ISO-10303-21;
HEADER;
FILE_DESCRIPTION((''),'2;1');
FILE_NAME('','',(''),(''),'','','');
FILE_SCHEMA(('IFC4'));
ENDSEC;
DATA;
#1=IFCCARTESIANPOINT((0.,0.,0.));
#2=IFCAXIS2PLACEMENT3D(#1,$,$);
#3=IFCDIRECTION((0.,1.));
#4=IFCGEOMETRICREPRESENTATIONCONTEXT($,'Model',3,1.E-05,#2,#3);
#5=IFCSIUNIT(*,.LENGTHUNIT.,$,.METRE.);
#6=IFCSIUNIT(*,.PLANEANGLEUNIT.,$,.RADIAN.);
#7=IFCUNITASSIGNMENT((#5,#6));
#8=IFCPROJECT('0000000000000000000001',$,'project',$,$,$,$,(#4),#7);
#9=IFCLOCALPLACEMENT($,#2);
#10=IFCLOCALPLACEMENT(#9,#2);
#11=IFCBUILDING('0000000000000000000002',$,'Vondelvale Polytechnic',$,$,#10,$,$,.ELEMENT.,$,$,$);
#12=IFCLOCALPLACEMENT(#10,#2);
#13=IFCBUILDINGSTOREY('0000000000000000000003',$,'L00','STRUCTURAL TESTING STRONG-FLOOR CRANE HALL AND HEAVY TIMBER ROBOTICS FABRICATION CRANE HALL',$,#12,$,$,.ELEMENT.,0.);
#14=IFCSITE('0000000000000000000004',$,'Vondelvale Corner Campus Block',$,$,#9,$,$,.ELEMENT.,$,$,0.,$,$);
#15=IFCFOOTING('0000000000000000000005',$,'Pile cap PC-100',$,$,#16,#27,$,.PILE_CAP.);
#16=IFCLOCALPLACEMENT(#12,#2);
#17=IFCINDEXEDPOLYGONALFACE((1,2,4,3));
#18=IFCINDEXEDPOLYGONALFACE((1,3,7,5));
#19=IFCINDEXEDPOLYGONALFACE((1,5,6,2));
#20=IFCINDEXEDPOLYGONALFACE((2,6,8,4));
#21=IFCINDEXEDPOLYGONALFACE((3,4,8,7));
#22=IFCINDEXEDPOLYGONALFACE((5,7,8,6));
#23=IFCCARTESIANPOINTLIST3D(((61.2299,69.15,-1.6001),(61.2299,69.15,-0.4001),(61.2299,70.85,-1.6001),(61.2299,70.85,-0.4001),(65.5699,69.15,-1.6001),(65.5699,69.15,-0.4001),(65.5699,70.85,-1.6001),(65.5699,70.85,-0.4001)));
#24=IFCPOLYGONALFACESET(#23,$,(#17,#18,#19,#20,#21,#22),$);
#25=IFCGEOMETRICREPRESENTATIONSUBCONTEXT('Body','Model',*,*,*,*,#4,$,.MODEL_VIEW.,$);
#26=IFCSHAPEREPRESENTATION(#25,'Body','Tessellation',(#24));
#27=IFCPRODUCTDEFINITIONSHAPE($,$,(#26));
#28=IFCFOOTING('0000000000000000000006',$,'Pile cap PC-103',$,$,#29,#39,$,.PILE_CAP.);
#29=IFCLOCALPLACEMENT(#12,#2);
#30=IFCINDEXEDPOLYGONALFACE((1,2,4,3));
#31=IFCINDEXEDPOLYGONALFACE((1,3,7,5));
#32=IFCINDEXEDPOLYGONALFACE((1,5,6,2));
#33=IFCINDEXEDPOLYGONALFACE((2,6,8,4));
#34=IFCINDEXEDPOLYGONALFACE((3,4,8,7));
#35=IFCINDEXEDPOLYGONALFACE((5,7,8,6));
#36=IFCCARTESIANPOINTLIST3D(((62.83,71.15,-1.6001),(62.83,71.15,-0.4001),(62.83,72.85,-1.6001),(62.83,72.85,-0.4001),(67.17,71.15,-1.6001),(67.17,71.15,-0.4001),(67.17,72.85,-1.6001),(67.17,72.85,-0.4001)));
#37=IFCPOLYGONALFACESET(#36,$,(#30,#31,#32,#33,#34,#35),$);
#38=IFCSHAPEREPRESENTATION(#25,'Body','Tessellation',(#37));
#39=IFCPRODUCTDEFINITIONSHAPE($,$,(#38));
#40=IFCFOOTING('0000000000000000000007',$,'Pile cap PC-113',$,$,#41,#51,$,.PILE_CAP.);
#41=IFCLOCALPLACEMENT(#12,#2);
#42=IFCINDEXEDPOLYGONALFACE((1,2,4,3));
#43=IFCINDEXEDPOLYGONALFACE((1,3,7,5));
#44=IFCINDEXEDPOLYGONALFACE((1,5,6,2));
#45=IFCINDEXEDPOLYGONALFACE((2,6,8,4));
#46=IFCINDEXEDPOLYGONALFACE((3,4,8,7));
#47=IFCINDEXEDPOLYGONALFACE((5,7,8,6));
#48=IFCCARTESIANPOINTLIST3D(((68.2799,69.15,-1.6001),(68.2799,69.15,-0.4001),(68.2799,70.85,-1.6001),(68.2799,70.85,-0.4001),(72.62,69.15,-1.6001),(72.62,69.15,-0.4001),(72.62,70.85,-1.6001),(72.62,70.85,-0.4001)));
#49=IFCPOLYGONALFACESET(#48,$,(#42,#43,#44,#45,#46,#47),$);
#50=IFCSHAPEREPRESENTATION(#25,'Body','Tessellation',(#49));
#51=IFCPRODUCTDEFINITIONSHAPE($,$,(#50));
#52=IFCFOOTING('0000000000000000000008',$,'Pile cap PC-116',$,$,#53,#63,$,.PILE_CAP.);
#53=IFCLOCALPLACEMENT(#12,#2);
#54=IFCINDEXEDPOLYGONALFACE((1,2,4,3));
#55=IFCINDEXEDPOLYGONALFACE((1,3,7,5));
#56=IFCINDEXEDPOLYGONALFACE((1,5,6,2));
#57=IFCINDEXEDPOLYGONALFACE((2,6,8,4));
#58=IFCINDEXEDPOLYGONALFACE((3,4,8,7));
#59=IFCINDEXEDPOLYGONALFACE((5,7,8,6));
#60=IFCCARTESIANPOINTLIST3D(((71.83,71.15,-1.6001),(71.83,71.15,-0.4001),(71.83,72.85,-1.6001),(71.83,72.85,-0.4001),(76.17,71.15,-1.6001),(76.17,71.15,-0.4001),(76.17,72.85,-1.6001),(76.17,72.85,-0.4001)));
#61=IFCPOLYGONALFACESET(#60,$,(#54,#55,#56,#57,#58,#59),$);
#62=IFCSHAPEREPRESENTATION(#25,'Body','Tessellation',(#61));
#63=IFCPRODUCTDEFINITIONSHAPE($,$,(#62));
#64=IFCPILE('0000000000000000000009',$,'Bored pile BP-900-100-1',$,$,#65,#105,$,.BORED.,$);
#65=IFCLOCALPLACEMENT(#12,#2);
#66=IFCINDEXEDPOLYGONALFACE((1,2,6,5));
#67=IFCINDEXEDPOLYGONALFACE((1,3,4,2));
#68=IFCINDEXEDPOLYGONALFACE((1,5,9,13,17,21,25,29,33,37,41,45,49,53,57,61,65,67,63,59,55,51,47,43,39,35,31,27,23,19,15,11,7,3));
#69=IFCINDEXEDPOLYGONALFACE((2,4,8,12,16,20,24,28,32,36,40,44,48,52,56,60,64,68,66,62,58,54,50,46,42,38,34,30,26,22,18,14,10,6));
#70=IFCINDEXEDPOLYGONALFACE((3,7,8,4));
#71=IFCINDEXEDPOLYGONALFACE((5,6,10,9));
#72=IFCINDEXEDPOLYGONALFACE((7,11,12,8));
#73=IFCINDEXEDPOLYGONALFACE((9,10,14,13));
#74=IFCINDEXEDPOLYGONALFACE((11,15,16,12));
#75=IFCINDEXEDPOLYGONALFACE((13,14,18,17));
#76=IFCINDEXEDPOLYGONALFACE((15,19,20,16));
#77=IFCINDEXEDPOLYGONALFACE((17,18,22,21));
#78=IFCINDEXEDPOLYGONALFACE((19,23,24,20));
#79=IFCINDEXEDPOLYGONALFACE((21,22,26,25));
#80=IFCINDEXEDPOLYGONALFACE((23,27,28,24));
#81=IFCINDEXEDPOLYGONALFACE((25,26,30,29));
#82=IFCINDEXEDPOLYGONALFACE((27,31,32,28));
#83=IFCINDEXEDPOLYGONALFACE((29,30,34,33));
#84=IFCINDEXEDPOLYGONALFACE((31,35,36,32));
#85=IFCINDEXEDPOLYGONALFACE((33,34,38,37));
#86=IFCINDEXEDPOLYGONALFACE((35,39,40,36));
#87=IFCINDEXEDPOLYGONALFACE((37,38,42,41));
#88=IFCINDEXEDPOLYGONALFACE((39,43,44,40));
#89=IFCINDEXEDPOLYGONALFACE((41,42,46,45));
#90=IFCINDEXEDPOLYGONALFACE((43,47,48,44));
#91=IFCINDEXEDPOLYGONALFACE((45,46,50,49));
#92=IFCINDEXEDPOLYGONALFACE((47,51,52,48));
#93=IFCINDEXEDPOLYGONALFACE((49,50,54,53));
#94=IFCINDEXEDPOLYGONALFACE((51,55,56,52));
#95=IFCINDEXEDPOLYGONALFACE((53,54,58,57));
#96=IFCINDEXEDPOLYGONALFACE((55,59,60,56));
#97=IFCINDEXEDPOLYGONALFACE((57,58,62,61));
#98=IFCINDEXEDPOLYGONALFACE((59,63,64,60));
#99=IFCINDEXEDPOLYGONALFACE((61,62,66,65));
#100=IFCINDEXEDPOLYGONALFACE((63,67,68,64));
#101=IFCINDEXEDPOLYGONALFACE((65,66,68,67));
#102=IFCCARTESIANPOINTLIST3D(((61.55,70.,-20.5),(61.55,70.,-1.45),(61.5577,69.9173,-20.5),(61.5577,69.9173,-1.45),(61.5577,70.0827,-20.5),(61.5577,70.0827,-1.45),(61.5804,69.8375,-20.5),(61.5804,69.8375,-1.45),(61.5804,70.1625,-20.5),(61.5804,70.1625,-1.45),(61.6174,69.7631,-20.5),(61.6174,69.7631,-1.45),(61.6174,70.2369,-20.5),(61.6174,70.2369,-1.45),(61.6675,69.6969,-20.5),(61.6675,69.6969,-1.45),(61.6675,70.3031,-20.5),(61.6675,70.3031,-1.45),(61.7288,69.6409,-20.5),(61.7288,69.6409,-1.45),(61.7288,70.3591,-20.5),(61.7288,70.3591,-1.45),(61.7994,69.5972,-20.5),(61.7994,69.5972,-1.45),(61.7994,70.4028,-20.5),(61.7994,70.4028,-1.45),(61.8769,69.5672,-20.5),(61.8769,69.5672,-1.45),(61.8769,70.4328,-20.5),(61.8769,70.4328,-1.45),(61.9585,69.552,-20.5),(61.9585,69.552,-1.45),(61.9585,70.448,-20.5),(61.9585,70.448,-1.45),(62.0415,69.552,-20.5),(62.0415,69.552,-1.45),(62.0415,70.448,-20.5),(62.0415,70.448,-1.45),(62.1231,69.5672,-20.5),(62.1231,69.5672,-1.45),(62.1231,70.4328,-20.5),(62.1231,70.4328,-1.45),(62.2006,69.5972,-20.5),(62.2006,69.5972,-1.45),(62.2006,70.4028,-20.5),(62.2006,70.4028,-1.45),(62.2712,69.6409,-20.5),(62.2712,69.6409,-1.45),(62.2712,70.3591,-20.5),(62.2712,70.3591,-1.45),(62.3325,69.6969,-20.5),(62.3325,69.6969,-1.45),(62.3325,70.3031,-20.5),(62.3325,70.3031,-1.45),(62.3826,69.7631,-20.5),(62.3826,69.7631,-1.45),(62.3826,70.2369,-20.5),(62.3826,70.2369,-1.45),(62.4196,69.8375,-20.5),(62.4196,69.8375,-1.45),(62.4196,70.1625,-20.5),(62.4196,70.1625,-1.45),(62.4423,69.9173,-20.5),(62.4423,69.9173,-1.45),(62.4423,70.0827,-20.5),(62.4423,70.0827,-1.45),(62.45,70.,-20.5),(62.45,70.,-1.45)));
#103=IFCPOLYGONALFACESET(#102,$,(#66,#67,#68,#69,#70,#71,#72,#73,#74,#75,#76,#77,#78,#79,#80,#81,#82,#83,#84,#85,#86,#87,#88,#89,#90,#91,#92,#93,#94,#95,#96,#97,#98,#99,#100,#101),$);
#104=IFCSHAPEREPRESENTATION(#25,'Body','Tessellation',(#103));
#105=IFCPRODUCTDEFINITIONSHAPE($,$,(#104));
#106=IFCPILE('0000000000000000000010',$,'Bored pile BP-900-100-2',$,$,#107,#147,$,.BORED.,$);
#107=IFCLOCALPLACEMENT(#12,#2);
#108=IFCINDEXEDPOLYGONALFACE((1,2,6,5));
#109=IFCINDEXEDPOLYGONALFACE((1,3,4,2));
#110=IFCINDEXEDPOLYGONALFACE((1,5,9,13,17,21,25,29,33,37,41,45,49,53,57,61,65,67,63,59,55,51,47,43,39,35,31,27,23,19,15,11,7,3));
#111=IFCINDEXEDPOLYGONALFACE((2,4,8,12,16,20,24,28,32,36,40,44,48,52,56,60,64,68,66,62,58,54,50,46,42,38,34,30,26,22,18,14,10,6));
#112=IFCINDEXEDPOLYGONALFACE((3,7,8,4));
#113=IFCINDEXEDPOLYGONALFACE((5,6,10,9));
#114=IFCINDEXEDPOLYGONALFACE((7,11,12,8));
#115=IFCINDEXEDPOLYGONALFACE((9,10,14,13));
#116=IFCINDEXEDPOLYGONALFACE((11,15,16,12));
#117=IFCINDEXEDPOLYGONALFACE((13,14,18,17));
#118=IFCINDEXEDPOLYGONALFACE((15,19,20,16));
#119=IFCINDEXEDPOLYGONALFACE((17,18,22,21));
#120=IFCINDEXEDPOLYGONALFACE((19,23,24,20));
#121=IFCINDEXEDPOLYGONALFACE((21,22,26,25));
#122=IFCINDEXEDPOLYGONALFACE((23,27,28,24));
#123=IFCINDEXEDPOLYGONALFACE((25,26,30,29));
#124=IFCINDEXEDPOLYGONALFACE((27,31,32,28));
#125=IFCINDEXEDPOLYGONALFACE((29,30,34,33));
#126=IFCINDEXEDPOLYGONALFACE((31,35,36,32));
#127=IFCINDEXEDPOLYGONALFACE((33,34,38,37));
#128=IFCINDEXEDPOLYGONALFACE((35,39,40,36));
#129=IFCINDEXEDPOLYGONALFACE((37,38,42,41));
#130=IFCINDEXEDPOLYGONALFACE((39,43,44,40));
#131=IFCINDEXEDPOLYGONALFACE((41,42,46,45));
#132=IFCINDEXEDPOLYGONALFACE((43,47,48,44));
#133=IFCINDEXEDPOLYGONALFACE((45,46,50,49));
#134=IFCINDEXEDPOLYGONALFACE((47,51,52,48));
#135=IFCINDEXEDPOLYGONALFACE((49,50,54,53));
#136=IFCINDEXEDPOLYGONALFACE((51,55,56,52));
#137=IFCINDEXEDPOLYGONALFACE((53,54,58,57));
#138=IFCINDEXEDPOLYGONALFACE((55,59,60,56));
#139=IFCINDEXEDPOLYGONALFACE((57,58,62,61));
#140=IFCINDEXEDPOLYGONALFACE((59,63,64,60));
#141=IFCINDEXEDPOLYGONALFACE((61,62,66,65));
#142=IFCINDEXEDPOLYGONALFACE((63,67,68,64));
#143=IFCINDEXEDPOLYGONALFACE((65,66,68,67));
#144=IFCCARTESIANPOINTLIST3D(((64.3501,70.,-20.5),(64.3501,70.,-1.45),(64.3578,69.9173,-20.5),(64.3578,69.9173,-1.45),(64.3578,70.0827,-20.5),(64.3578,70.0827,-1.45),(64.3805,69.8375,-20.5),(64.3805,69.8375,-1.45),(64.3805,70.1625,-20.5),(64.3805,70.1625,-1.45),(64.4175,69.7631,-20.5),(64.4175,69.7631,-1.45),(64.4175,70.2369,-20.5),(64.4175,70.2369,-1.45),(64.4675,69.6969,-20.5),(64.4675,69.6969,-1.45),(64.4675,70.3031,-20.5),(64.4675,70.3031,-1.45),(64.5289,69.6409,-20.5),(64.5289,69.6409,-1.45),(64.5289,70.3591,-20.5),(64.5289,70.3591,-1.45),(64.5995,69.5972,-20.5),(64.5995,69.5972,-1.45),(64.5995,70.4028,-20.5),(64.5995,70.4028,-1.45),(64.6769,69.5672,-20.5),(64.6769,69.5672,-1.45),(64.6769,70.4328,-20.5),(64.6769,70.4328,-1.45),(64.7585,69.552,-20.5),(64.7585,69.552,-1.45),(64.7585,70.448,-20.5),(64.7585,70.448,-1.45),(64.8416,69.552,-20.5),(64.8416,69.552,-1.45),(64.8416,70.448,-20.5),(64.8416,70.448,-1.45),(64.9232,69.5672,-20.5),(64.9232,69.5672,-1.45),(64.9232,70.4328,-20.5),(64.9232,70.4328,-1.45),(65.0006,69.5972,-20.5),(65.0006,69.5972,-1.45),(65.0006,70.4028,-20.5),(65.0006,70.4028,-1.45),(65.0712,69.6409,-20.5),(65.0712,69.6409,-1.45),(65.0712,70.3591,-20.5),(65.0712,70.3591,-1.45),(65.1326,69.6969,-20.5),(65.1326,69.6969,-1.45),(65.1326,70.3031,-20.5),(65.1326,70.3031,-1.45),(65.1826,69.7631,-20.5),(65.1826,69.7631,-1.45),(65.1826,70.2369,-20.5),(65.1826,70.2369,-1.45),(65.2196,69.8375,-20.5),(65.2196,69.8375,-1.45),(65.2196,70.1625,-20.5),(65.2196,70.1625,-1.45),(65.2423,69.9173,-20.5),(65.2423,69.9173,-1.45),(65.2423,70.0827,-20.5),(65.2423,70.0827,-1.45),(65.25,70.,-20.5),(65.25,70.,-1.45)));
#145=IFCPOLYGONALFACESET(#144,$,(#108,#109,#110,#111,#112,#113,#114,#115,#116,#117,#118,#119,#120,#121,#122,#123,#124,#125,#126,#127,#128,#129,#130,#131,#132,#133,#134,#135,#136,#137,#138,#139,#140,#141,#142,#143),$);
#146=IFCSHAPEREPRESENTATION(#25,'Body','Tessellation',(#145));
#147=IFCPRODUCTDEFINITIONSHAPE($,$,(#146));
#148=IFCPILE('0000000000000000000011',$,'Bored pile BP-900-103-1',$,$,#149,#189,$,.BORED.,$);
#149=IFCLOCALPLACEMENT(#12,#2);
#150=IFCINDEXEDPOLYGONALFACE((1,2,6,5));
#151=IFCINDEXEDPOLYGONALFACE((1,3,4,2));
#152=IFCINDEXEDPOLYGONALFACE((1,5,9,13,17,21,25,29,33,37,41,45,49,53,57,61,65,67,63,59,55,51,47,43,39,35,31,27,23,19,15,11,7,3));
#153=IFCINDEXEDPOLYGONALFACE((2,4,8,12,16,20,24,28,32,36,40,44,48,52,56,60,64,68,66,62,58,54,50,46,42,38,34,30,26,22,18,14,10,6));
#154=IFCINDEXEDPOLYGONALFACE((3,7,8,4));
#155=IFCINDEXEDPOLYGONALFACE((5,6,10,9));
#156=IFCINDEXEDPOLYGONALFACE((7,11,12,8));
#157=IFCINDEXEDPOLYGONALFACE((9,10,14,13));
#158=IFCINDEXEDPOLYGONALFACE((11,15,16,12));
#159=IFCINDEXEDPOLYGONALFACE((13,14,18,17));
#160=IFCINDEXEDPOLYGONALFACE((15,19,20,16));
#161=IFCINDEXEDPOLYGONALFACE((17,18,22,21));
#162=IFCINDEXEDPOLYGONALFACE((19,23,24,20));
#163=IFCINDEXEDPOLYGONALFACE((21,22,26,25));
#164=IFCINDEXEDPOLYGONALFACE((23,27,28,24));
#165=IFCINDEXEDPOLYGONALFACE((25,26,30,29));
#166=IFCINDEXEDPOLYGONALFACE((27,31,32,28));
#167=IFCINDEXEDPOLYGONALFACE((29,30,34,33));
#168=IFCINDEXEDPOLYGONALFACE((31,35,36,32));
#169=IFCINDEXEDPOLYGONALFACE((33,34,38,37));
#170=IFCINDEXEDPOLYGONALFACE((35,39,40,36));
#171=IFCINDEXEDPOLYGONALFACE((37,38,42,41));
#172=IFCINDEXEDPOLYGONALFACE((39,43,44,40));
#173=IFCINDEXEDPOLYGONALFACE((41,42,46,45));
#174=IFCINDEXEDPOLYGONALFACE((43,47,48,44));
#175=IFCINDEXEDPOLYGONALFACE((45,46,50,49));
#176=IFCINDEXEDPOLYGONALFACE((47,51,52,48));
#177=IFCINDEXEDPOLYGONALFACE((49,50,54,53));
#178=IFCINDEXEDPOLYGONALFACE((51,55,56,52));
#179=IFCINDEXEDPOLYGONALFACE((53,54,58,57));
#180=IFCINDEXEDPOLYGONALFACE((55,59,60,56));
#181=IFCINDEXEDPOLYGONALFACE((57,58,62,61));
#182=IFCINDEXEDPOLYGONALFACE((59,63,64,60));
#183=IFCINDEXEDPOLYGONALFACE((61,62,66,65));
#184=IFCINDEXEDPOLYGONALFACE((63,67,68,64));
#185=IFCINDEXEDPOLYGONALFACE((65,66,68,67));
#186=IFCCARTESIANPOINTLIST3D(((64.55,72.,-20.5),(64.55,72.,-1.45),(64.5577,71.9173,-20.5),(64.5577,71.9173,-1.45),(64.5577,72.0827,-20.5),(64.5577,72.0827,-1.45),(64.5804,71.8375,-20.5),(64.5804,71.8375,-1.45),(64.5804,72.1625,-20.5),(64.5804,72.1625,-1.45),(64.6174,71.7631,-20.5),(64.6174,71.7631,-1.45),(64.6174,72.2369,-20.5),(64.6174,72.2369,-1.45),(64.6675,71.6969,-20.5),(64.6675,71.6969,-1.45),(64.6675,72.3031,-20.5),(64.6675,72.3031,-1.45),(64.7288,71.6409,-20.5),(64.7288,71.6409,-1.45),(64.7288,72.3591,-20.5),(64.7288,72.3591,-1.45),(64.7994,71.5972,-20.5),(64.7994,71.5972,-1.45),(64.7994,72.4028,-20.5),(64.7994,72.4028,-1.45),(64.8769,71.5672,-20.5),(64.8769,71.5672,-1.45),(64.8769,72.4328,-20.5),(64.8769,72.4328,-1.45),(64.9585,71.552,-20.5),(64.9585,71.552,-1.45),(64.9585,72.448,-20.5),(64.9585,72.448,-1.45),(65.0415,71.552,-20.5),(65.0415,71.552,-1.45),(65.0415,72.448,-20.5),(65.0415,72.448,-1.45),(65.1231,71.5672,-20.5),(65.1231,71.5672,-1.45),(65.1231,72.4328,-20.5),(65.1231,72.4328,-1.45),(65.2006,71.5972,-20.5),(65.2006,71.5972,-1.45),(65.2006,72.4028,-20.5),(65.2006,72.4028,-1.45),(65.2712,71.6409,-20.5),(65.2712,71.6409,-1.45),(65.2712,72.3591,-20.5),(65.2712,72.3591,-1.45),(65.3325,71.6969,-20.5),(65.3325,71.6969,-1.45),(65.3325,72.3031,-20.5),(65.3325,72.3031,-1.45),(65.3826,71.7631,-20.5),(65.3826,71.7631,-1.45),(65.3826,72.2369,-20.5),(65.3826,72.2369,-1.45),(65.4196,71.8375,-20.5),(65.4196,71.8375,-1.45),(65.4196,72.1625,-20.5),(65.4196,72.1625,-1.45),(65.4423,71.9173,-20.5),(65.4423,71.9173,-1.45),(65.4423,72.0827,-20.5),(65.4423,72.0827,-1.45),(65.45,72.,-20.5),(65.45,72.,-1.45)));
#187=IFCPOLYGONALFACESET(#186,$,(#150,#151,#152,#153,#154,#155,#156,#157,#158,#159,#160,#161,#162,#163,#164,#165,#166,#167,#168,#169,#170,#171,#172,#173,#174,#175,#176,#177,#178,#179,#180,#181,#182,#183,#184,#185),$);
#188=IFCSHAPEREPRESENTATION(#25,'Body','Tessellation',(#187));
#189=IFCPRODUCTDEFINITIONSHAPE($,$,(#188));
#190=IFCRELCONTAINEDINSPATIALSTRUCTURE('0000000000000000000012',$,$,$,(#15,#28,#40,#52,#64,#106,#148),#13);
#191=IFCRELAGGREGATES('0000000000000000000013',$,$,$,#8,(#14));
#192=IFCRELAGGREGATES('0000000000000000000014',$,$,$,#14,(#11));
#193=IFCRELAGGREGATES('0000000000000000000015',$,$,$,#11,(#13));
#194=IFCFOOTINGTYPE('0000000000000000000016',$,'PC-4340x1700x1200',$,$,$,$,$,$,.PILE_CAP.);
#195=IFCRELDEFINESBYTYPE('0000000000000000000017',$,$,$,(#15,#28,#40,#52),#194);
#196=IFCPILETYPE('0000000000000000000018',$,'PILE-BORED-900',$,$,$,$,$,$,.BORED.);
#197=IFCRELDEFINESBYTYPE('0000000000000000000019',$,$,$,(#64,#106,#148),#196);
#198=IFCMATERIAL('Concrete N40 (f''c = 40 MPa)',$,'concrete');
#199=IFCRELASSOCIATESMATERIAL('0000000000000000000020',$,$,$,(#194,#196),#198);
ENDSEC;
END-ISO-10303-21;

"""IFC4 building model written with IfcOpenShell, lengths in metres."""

from ifc_helpers import new_model, si_unit, direction, frame, origin, origin_2d, place, context, subcontext, project, spatial, rectangle, circle, extrude, material, material_profile, profile_set, type_object, element, save


model = new_model("IFC4")

# Units and contexts
model_context = context("Model", 3, precision=1e-05, world=origin(), true_north=direction((0.0, 1.0)))
body_context = subcontext(model_context, "Body", "Model", "MODEL_VIEW")
ifc_project = project(units=[si_unit("LENGTHUNIT", "METRE"), si_unit("PLANEANGLEUNIT", "RADIAN")], contexts=[model_context])

# Site, building, storey
site_placement = place(None, origin())
site = spatial("IfcSite", under=ifc_project, at=site_placement, Name="Vondelvale Corner Campus Block", CompositionType="ELEMENT", RefElevation=0.0)
building_placement = place(site_placement, origin())
building = spatial("IfcBuilding", under=site, at=building_placement, Name="Vondelvale Polytechnic", CompositionType="ELEMENT")
storey_placement = place(building_placement, origin())
storey = spatial("IfcBuildingStorey", under=building, at=storey_placement, Name="L00", Description="STRUCTURAL TESTING STRONG-FLOOR CRANE HALL AND HEAVY TIMBER ROBOTICS FABRICATION CRANE HALL", CompositionType="ELEMENT", Elevation=0.0)

# Footings
ifc_material_1 = material(Name="Concrete N40 (f'c = 40 MPa)", Category="concrete")
footing_type = type_object("IfcFootingType", Name="PC-4340x1700x1200", PredefinedType="PILE_CAP", material=ifc_material_1)
for number, where, z_axis, x_axis, name in (
    (1, (63.3999, 70.0, -1.6001), (0.0, 0.0, 1.0), (1.0, 0.0, 0.0), "Pile cap PC-100"),
    (2, (65.0, 72.0, -1.6001), (0.0, 0.0, 1.0), (1.0, 0.0, 0.0), "Pile cap PC-103"),
    (3, (70.45, 70.0, -1.6001), (0.0, 0.0, 1.0), (1.0, 0.0, 0.0), "Pile cap PC-113"),
    (4, (74.0, 72.0, -1.6001), (0.0, 0.0, 1.0), (1.0, 0.0, 0.0), "Pile cap PC-116"),
):
    element("IfcFooting", number, at=place(storey_placement, frame(where, z_axis=z_axis, x_axis=x_axis)), inside=storey, type_object=footing_type, Name=name, PredefinedType="PILE_CAP", context=body_context, shape_type="SweptSolid", body=[
        extrude(rectangle(XDim=4.3401, YDim=1.7, at=origin_2d()), origin(), (0.0, 0.0, 1.0), 1.2),
    ])

# Piles
ifc_material_profile_1 = material_profile(ifc_material_1, circle(Radius=0.45, at=origin_2d()), Name="PILE-D900")
ifc_profile_set_1 = profile_set([ifc_material_profile_1], Name="Concrete N40 (f'c = 40 MPa)")
pile_type = type_object("IfcPileType", Name="PILE-BORED-900", PredefinedType="BORED", material=ifc_profile_set_1)
for number, where, z_axis, x_axis, name in (
    (5, (62.0, 70.0, -1.45), (0.0, 0.0, -1.0), (1.0, 0.0, 0.0), "Bored pile BP-900-100-1"),
    (6, (64.8, 70.0, -1.45), (0.0, 0.0, -1.0), (1.0, 0.0, 0.0), "Bored pile BP-900-100-2"),
    (7, (65.0, 72.0, -1.45), (0.0, 0.0, -1.0), (1.0, 0.0, 0.0), "Bored pile BP-900-103-1"),
):
    element("IfcPile", number, at=place(storey_placement, frame(where, z_axis=z_axis, x_axis=x_axis)), inside=storey, type_object=pile_type, Name=name, PredefinedType="BORED", context=body_context, shape_type="SweptSolid", body=[
        extrude(circle(Radius=0.45, at=origin_2d()), origin(), (0.0, 0.0, 1.0), 19.05),
    ])

save(model, "model.ifc")
